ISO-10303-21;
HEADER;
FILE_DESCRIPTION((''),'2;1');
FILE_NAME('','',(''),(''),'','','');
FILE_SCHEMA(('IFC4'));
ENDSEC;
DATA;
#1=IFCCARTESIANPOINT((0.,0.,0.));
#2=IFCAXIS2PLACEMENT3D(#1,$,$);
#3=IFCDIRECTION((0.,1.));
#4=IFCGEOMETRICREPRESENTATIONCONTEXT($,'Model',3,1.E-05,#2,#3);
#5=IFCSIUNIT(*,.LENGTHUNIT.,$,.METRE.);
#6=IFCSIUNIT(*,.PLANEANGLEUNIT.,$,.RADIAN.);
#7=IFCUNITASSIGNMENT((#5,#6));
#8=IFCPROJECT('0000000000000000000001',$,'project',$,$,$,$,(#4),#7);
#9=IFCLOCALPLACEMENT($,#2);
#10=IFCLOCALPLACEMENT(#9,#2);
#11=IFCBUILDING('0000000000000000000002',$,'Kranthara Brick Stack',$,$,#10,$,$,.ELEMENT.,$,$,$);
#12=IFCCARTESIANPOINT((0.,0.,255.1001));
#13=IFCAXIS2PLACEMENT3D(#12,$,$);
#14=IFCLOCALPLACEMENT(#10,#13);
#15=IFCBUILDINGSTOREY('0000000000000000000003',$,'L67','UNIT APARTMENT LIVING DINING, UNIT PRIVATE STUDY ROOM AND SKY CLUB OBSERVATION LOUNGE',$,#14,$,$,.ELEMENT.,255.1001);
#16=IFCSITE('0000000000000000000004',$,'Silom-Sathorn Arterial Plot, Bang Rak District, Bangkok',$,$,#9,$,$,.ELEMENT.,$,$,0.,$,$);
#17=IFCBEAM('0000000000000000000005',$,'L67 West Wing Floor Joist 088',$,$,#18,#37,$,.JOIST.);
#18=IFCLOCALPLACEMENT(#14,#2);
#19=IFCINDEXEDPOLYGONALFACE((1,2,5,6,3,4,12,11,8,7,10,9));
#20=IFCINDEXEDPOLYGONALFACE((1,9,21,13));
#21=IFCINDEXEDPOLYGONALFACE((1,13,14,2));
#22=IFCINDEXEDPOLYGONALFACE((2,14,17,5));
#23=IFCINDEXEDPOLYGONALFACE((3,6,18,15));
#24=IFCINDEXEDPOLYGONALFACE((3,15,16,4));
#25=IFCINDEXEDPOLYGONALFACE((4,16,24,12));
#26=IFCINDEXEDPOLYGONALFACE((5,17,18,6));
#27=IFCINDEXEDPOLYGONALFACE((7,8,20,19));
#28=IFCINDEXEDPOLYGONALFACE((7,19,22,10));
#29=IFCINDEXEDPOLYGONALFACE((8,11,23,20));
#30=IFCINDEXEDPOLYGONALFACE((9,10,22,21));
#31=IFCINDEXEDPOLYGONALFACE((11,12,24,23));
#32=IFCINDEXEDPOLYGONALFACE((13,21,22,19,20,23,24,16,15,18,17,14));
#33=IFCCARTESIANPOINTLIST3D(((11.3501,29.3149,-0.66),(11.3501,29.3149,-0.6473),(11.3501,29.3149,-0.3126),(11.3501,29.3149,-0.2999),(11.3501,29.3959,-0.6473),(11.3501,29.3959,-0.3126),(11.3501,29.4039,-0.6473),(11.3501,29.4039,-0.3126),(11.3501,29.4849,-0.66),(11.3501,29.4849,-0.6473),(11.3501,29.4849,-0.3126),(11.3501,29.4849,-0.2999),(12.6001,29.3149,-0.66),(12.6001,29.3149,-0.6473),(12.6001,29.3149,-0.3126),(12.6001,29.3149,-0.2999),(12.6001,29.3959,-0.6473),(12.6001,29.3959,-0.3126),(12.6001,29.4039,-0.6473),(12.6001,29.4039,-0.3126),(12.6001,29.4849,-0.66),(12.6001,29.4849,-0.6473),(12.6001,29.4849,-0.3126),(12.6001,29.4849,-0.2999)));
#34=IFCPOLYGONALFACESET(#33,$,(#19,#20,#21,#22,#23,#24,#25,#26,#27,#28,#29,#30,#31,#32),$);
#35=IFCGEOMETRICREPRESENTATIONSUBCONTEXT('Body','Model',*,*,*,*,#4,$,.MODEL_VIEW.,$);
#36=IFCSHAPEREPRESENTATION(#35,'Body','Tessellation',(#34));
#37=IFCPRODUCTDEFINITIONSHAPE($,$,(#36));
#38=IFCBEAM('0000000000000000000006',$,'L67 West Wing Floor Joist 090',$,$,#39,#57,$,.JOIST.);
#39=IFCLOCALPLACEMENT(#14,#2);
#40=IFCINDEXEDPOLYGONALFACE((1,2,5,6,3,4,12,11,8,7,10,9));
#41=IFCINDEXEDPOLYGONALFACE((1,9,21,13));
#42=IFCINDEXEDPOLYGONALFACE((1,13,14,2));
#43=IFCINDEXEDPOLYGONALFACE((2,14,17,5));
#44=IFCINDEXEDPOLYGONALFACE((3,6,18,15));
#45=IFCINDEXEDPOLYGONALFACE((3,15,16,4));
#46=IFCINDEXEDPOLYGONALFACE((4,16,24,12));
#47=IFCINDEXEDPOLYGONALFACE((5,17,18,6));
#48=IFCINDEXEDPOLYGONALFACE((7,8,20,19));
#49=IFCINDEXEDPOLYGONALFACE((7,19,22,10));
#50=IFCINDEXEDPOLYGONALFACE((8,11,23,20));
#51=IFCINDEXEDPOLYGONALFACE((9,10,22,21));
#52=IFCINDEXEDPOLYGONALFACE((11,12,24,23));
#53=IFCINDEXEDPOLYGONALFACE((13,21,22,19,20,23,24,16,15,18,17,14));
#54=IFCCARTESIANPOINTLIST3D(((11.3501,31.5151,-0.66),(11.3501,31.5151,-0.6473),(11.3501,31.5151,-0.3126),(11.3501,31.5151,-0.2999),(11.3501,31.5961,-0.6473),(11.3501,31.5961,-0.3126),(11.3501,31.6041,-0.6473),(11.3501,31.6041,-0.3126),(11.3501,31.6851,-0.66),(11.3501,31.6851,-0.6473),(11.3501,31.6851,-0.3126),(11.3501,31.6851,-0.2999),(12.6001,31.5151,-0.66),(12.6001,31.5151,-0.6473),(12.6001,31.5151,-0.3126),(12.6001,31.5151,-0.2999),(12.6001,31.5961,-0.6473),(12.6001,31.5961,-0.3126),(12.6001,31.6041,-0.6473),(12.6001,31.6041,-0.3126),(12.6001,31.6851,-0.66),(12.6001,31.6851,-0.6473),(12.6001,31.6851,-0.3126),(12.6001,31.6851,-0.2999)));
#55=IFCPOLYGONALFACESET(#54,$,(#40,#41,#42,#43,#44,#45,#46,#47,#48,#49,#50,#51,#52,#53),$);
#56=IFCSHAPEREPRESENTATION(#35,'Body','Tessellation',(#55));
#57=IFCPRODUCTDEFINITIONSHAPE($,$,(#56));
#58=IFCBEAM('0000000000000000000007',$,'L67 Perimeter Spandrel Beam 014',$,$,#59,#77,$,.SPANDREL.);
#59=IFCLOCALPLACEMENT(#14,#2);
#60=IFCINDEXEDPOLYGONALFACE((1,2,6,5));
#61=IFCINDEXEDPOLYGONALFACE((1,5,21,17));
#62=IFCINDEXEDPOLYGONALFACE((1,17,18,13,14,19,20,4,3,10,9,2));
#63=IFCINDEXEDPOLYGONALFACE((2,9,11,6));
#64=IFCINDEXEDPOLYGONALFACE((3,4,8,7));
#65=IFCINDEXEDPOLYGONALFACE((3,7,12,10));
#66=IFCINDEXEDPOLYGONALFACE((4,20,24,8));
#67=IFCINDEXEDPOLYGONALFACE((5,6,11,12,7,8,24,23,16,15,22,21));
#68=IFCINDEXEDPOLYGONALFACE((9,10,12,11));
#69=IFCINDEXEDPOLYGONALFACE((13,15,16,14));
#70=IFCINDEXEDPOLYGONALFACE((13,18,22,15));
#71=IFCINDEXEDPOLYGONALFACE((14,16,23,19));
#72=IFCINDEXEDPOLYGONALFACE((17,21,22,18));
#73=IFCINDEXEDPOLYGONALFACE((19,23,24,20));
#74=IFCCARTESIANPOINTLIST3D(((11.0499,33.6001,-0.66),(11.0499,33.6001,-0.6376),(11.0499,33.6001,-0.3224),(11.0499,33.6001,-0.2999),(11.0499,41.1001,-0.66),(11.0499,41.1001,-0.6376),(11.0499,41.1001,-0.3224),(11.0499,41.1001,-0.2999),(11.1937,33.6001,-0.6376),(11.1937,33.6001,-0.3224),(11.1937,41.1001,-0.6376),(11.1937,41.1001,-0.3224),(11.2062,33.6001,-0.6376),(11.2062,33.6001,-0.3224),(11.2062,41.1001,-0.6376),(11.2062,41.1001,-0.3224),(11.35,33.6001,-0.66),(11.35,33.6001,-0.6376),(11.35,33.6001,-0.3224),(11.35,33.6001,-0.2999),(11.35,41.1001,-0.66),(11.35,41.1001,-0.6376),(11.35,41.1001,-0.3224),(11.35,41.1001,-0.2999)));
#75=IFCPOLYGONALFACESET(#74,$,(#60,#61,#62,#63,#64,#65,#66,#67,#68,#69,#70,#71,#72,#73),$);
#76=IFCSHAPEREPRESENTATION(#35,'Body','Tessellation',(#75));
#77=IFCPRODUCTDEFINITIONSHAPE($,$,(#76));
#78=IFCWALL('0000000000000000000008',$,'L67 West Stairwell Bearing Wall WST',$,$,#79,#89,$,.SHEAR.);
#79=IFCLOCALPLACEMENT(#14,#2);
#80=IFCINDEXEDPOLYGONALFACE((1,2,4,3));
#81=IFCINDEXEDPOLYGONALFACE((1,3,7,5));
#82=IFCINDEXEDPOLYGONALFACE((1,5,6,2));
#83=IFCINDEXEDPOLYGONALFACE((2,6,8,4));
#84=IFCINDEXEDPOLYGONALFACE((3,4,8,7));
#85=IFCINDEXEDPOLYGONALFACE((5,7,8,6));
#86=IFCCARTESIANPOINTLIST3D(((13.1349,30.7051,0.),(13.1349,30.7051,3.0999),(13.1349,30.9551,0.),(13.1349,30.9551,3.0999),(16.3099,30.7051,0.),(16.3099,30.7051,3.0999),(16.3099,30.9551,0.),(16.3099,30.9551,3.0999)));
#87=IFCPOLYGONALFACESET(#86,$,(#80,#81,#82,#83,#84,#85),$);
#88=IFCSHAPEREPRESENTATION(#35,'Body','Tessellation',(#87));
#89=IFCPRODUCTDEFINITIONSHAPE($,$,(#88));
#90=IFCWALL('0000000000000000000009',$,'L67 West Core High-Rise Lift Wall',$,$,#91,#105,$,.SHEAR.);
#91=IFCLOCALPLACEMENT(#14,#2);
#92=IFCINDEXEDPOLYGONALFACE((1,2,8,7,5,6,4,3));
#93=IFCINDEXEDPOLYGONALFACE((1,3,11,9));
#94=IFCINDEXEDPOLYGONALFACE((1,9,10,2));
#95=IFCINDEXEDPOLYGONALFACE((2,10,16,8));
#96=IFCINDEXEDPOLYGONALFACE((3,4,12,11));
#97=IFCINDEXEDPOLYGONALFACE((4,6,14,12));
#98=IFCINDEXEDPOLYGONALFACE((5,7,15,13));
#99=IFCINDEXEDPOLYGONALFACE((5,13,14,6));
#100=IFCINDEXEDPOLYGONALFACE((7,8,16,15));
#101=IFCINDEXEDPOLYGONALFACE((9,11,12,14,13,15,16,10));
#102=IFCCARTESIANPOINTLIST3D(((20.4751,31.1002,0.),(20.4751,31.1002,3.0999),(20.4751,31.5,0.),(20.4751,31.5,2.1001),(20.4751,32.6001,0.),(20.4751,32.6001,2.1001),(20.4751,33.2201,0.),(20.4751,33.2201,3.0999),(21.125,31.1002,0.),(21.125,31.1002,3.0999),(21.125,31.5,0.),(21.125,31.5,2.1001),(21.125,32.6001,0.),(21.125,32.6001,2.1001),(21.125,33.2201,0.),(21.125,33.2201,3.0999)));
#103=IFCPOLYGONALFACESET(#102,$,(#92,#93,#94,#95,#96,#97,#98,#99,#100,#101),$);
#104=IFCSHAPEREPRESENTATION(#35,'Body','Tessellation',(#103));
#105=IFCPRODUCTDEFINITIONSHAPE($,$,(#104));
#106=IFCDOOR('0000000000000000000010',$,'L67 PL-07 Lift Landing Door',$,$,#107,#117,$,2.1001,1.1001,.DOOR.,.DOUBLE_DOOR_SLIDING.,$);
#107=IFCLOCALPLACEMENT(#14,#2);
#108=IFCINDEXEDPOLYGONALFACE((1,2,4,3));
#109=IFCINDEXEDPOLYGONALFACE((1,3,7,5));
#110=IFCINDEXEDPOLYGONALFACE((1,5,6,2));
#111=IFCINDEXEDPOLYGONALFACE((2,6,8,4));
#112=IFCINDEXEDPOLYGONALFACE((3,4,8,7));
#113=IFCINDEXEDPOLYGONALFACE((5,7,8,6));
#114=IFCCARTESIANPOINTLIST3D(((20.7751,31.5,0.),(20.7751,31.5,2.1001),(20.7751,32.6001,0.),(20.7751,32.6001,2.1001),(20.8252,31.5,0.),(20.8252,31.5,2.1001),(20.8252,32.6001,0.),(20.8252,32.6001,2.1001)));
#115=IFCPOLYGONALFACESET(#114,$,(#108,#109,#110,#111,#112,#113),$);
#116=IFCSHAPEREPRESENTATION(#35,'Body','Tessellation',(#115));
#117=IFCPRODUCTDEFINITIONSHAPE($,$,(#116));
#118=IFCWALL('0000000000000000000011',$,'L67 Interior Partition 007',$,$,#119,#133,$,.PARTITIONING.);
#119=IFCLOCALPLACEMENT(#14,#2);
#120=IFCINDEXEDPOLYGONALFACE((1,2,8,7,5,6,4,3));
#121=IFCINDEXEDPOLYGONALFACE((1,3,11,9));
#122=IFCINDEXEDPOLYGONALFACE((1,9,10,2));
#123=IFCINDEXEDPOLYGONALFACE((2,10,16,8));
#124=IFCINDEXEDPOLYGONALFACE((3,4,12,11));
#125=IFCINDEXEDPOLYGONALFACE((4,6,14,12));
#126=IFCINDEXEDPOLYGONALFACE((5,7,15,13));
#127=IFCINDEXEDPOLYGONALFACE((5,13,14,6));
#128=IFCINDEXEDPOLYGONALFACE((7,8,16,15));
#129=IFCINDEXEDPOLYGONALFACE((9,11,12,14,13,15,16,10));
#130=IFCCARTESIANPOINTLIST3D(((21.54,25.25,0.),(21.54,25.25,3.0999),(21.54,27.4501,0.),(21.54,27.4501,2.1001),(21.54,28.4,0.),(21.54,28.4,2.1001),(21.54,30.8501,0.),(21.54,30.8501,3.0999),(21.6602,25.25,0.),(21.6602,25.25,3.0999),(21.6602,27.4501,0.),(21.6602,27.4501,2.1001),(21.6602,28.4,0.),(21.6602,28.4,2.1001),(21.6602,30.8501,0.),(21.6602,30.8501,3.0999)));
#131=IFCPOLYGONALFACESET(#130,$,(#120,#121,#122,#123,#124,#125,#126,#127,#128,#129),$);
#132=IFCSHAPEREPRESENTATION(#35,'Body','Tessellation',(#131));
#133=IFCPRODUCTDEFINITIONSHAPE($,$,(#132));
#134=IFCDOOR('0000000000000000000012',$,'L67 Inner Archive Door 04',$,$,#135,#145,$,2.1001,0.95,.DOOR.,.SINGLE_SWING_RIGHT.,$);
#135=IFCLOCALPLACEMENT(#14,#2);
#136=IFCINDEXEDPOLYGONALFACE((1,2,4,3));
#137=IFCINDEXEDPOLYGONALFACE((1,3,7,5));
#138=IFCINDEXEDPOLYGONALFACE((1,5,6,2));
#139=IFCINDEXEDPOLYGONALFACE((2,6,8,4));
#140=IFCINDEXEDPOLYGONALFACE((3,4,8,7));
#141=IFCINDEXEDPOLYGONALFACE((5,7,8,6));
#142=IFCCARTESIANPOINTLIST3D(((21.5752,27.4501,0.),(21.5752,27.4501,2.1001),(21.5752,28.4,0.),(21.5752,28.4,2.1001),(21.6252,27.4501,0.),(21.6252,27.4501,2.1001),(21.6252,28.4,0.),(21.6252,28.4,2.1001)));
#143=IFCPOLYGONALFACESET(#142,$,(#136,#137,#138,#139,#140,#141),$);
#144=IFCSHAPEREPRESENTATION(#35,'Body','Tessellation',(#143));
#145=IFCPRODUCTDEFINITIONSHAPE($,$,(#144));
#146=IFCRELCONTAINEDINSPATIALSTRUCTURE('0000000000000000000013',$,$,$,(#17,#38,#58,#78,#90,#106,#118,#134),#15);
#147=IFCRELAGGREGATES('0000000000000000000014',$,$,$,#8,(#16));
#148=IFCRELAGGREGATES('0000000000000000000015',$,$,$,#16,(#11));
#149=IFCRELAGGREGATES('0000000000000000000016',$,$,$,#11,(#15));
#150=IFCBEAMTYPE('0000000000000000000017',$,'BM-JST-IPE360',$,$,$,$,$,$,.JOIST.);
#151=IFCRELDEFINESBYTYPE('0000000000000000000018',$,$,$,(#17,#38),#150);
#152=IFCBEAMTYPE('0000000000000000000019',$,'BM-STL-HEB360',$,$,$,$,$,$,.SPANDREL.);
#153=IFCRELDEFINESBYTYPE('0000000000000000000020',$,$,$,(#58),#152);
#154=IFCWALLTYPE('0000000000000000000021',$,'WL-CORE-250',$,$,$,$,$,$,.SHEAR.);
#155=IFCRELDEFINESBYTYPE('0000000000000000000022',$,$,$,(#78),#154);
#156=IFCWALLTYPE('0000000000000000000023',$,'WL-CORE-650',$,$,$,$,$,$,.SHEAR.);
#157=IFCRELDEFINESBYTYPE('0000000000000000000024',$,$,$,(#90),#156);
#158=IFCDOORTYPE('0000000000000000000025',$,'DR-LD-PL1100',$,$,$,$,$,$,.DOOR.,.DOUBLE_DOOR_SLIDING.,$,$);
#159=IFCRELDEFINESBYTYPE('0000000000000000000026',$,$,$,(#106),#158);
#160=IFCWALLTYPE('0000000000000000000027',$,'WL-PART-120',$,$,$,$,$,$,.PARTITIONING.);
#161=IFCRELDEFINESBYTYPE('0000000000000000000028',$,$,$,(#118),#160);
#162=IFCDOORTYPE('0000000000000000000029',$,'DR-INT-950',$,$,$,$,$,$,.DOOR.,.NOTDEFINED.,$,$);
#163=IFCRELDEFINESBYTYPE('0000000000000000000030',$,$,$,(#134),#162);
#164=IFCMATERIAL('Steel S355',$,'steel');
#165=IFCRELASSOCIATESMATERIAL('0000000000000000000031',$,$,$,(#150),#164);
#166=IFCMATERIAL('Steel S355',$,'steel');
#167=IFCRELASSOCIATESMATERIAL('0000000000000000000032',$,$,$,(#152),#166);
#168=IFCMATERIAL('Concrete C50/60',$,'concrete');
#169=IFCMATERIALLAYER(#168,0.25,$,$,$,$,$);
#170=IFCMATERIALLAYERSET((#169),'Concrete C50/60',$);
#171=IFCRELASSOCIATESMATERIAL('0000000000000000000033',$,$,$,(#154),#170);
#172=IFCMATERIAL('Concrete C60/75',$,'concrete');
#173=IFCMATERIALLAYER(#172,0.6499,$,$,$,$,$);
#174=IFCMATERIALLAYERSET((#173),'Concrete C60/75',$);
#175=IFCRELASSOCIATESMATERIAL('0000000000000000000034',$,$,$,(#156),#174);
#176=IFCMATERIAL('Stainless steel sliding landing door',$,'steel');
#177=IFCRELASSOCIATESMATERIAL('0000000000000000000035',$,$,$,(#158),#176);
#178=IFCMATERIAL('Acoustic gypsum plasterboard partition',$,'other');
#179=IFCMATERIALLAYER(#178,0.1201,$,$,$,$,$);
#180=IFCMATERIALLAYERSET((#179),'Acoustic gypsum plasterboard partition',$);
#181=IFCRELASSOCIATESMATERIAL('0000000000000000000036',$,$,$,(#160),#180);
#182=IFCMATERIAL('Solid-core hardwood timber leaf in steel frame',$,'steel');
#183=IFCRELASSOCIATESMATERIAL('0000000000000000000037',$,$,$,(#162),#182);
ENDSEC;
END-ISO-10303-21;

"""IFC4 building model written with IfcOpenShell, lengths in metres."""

from ifc_helpers import new_model, si_unit, direction, frame, frame_2d, origin, origin_2d, place, context, subcontext, project, spatial, rectangle, i_section, extrude, material, layer, layer_set, material_profile, profile_set, type_object, element, fill, save


model = new_model("IFC4")

# Units and contexts
model_context = context("Model", 3, precision=1e-05, world=origin(), true_north=direction((0.0, 1.0)))
body_context = subcontext(model_context, "Body", "Model", "MODEL_VIEW")
ifc_project = project(units=[si_unit("LENGTHUNIT", "METRE"), si_unit("PLANEANGLEUNIT", "RADIAN")], contexts=[model_context])

# Site, building, storey
site_placement = place(None, origin())
site = spatial("IfcSite", under=ifc_project, at=site_placement, Name="Silom-Sathorn Arterial Plot, Bang Rak District, Bangkok", CompositionType="ELEMENT", RefElevation=0.0)
building_placement = place(site_placement, origin())
building = spatial("IfcBuilding", under=site, at=building_placement, Name="Kranthara Brick Stack", CompositionType="ELEMENT")
storey_placement = place(building_placement, frame((0.0, 0.0, 255.1001)))
storey = spatial("IfcBuildingStorey", under=building, at=storey_placement, Name="L67", Description="UNIT APARTMENT LIVING DINING, UNIT PRIVATE STUDY ROOM AND SKY CLUB OBSERVATION LOUNGE", CompositionType="ELEMENT", Elevation=255.1001)

# Beams
ifc_material_1 = material(Name="Steel S355", Category="steel")
ifc_material_profile_1 = material_profile(ifc_material_1, i_section(OverallWidth=0.1699, OverallDepth=0.3601, WebThickness=0.0081, FlangeThickness=0.0127, at=origin_2d()), Name="IPE 360")
ifc_profile_set_1 = profile_set([ifc_material_profile_1], Name="Steel S355")
beam_type_1 = type_object("IfcBeamType", Name="BM-JST-IPE360", PredefinedType="JOIST", material=ifc_profile_set_1)
for number, where, z_axis, x_axis, name in (
    (1, (11.3501, 29.3999, -0.48), (1.0, 0.0, 0.0), (0.0, 1.0, 0.0), "L67 West Wing Floor Joist 088"),
    (2, (11.3501, 31.6001, -0.48), (1.0, 0.0, 0.0), (0.0, 1.0, 0.0), "L67 West Wing Floor Joist 090"),
):
    element("IfcBeam", number, at=place(storey_placement, frame(where, z_axis=z_axis, x_axis=x_axis)), inside=storey, type_object=beam_type_1, Name=name, PredefinedType="JOIST", context=body_context, shape_type="SweptSolid", body=[
        extrude(i_section(OverallWidth=0.1699, OverallDepth=0.3601, WebThickness=0.0081, FlangeThickness=0.0127, at=origin_2d()), origin(), (0.0, 0.0, 1.0), 1.25),
    ])
ifc_material_2 = material(Name="Steel S355", Category="steel")
ifc_material_profile_2 = material_profile(ifc_material_2, i_section(OverallWidth=0.3, OverallDepth=0.3601, WebThickness=0.0125, FlangeThickness=0.0225, at=origin_2d()), Name="HEB 360")
ifc_profile_set_2 = profile_set([ifc_material_profile_2], Name="Steel S355")
beam_type_2 = type_object("IfcBeamType", Name="BM-STL-HEB360", PredefinedType="SPANDREL", material=ifc_profile_set_2)
beam_1_placement = place(storey_placement, frame((11.2, 33.6001, -0.48), z_axis=(0.0, 1.0, 0.0), x_axis=(-1.0, 0.0, 0.0)))
element("IfcBeam", 3, at=beam_1_placement, inside=storey, type_object=beam_type_2, Name="L67 Perimeter Spandrel Beam 014", PredefinedType="SPANDREL", context=body_context, shape_type="SweptSolid", body=[
    extrude(i_section(OverallWidth=0.3, OverallDepth=0.3601, WebThickness=0.0125, FlangeThickness=0.0225, at=origin_2d()), origin(), (0.0, 0.0, 1.0), 7.5),
])

# Wall
ifc_material_3 = material(Name="Concrete C50/60", Category="concrete")
ifc_layer_1 = layer(ifc_material_3, 0.25)
ifc_layer_set_1 = layer_set([ifc_layer_1], Name="Concrete C50/60")
wall_type_1 = type_object("IfcWallType", Name="WL-CORE-250", PredefinedType="SHEAR", material=ifc_layer_set_1)
wall_1_placement = place(storey_placement, frame((13.135, 30.8301, 0.0), z_axis=(0.0, 0.0, 1.0), x_axis=(1.0, 0.0, 0.0)))
element("IfcWall", 4, at=wall_1_placement, inside=storey, type_object=wall_type_1, Name="L67 West Stairwell Bearing Wall WST", PredefinedType="SHEAR", context=body_context, shape_type="SweptSolid", body=[
    extrude(rectangle(XDim=3.175, YDim=0.25, at=frame_2d((1.5874, 0.0))), origin(), (0.0, 0.0, 1.0), 3.0999),
])

# Walls, openings, doors
ifc_material_4 = material(Name="Concrete C60/75", Category="concrete")
ifc_layer_2 = layer(ifc_material_4, 0.6499)
ifc_layer_set_2 = layer_set([ifc_layer_2], Name="Concrete C60/75")
wall_type_2 = type_object("IfcWallType", Name="WL-CORE-650", PredefinedType="SHEAR", material=ifc_layer_set_2)
wall_2_placement = place(storey_placement, frame((20.8, 31.1001, 0.0), z_axis=(0.0, 0.0, 1.0), x_axis=(0.0, 1.0, 0.0)))
wall_2 = element("IfcWall", 5, at=wall_2_placement, inside=storey, type_object=wall_type_2, Name="L67 West Core High-Rise Lift Wall", PredefinedType="SHEAR", context=body_context, shape_type="SweptSolid", body=[
    extrude(rectangle(XDim=2.1199, YDim=0.6499, at=frame_2d((1.0601, 0.0))), origin(), (0.0, 0.0, 1.0), 3.0999),
])
opening_1_placement = place(wall_2_placement, frame((0.3999, 0.0, 0.0)))
opening_1 = element("IfcOpeningElement", 6, at=opening_1_placement, cuts=wall_2, PredefinedType="OPENING", context=body_context, shape_type="SweptSolid", body=[
    extrude(rectangle(XDim=1.1001, YDim=2.1001, at=frame_2d((0.55, 1.05))), frame((0.0, 0.335, 0.0), z_axis=(0.0, -1.0, 0.0), x_axis=(1.0, 0.0, 0.0)), (0.0, 0.0, 1.0), 0.6699),
])
ifc_material_5 = material(Name="Stainless steel sliding landing door", Category="steel")
door_type_1 = type_object("IfcDoorType", Name="DR-LD-PL1100", OperationType="DOUBLE_DOOR_SLIDING", PredefinedType="DOOR", material=ifc_material_5)
door_1_placement = place(opening_1_placement, origin())
door_1 = element("IfcDoor", 7, at=door_1_placement, inside=storey, type_object=door_type_1, Name="L67 PL-07 Lift Landing Door", OperationType="DOUBLE_DOOR_SLIDING", OverallHeight=2.1001, OverallWidth=1.1001, PredefinedType="DOOR", context=body_context, shape_type="SweptSolid", body=[
    extrude(rectangle(XDim=1.1001, YDim=2.1001, at=frame_2d((0.55, 1.05))), frame((0.0, 0.0249, 0.0), z_axis=(0.0, -1.0, 0.0), x_axis=(1.0, 0.0, 0.0)), (0.0, 0.0, 1.0), 0.05),
])
fill(opening_1, door_1)
ifc_material_6 = material(Name="Acoustic gypsum plasterboard partition", Category="other")
ifc_layer_3 = layer(ifc_material_6, 0.1201)
ifc_layer_set_3 = layer_set([ifc_layer_3], Name="Acoustic gypsum plasterboard partition")
wall_type_3 = type_object("IfcWallType", Name="WL-PART-120", PredefinedType="PARTITIONING", material=ifc_layer_set_3)
wall_3_placement = place(storey_placement, frame((21.6001, 25.25, 0.0), z_axis=(0.0, 0.0, 1.0), x_axis=(0.0, 1.0, 0.0)))
wall_3 = element("IfcWall", 8, at=wall_3_placement, inside=storey, type_object=wall_type_3, Name="L67 Interior Partition 007", PredefinedType="PARTITIONING", context=body_context, shape_type="SweptSolid", body=[
    extrude(rectangle(XDim=5.6001, YDim=0.1201, at=frame_2d((2.8, 0.0))), origin(), (0.0, 0.0, 1.0), 3.0999),
])
opening_2_placement = place(wall_3_placement, frame((2.2, 0.0, 0.0)))
opening_2 = element("IfcOpeningElement", 9, at=opening_2_placement, cuts=wall_3, PredefinedType="OPENING", context=body_context, shape_type="SweptSolid", body=[
    extrude(rectangle(XDim=0.95, YDim=2.1001, at=frame_2d((0.4751, 1.05))), frame((0.0, 0.0701, 0.0), z_axis=(0.0, -1.0, 0.0), x_axis=(1.0, 0.0, 0.0)), (0.0, 0.0, 1.0), 0.1401),
])
ifc_material_7 = material(Name="Solid-core hardwood timber leaf in steel frame", Category="steel")
door_type_2 = type_object("IfcDoorType", Name="DR-INT-950", OperationType="NOTDEFINED", PredefinedType="DOOR", material=ifc_material_7)
door_2_placement = place(opening_2_placement, origin())
door_2 = element("IfcDoor", 10, at=door_2_placement, inside=storey, type_object=door_type_2, Name="L67 Inner Archive Door 04", OperationType="SINGLE_SWING_RIGHT", OverallHeight=2.1001, OverallWidth=0.95, PredefinedType="DOOR", context=body_context, shape_type="SweptSolid", body=[
    extrude(rectangle(XDim=0.95, YDim=2.1001, at=frame_2d((0.4751, 1.05))), frame((0.0, 0.0249, 0.0), z_axis=(0.0, -1.0, 0.0), x_axis=(1.0, 0.0, 0.0)), (0.0, 0.0, 1.0), 0.05),
])
fill(opening_2, door_2)

save(model, "model.ifc")
